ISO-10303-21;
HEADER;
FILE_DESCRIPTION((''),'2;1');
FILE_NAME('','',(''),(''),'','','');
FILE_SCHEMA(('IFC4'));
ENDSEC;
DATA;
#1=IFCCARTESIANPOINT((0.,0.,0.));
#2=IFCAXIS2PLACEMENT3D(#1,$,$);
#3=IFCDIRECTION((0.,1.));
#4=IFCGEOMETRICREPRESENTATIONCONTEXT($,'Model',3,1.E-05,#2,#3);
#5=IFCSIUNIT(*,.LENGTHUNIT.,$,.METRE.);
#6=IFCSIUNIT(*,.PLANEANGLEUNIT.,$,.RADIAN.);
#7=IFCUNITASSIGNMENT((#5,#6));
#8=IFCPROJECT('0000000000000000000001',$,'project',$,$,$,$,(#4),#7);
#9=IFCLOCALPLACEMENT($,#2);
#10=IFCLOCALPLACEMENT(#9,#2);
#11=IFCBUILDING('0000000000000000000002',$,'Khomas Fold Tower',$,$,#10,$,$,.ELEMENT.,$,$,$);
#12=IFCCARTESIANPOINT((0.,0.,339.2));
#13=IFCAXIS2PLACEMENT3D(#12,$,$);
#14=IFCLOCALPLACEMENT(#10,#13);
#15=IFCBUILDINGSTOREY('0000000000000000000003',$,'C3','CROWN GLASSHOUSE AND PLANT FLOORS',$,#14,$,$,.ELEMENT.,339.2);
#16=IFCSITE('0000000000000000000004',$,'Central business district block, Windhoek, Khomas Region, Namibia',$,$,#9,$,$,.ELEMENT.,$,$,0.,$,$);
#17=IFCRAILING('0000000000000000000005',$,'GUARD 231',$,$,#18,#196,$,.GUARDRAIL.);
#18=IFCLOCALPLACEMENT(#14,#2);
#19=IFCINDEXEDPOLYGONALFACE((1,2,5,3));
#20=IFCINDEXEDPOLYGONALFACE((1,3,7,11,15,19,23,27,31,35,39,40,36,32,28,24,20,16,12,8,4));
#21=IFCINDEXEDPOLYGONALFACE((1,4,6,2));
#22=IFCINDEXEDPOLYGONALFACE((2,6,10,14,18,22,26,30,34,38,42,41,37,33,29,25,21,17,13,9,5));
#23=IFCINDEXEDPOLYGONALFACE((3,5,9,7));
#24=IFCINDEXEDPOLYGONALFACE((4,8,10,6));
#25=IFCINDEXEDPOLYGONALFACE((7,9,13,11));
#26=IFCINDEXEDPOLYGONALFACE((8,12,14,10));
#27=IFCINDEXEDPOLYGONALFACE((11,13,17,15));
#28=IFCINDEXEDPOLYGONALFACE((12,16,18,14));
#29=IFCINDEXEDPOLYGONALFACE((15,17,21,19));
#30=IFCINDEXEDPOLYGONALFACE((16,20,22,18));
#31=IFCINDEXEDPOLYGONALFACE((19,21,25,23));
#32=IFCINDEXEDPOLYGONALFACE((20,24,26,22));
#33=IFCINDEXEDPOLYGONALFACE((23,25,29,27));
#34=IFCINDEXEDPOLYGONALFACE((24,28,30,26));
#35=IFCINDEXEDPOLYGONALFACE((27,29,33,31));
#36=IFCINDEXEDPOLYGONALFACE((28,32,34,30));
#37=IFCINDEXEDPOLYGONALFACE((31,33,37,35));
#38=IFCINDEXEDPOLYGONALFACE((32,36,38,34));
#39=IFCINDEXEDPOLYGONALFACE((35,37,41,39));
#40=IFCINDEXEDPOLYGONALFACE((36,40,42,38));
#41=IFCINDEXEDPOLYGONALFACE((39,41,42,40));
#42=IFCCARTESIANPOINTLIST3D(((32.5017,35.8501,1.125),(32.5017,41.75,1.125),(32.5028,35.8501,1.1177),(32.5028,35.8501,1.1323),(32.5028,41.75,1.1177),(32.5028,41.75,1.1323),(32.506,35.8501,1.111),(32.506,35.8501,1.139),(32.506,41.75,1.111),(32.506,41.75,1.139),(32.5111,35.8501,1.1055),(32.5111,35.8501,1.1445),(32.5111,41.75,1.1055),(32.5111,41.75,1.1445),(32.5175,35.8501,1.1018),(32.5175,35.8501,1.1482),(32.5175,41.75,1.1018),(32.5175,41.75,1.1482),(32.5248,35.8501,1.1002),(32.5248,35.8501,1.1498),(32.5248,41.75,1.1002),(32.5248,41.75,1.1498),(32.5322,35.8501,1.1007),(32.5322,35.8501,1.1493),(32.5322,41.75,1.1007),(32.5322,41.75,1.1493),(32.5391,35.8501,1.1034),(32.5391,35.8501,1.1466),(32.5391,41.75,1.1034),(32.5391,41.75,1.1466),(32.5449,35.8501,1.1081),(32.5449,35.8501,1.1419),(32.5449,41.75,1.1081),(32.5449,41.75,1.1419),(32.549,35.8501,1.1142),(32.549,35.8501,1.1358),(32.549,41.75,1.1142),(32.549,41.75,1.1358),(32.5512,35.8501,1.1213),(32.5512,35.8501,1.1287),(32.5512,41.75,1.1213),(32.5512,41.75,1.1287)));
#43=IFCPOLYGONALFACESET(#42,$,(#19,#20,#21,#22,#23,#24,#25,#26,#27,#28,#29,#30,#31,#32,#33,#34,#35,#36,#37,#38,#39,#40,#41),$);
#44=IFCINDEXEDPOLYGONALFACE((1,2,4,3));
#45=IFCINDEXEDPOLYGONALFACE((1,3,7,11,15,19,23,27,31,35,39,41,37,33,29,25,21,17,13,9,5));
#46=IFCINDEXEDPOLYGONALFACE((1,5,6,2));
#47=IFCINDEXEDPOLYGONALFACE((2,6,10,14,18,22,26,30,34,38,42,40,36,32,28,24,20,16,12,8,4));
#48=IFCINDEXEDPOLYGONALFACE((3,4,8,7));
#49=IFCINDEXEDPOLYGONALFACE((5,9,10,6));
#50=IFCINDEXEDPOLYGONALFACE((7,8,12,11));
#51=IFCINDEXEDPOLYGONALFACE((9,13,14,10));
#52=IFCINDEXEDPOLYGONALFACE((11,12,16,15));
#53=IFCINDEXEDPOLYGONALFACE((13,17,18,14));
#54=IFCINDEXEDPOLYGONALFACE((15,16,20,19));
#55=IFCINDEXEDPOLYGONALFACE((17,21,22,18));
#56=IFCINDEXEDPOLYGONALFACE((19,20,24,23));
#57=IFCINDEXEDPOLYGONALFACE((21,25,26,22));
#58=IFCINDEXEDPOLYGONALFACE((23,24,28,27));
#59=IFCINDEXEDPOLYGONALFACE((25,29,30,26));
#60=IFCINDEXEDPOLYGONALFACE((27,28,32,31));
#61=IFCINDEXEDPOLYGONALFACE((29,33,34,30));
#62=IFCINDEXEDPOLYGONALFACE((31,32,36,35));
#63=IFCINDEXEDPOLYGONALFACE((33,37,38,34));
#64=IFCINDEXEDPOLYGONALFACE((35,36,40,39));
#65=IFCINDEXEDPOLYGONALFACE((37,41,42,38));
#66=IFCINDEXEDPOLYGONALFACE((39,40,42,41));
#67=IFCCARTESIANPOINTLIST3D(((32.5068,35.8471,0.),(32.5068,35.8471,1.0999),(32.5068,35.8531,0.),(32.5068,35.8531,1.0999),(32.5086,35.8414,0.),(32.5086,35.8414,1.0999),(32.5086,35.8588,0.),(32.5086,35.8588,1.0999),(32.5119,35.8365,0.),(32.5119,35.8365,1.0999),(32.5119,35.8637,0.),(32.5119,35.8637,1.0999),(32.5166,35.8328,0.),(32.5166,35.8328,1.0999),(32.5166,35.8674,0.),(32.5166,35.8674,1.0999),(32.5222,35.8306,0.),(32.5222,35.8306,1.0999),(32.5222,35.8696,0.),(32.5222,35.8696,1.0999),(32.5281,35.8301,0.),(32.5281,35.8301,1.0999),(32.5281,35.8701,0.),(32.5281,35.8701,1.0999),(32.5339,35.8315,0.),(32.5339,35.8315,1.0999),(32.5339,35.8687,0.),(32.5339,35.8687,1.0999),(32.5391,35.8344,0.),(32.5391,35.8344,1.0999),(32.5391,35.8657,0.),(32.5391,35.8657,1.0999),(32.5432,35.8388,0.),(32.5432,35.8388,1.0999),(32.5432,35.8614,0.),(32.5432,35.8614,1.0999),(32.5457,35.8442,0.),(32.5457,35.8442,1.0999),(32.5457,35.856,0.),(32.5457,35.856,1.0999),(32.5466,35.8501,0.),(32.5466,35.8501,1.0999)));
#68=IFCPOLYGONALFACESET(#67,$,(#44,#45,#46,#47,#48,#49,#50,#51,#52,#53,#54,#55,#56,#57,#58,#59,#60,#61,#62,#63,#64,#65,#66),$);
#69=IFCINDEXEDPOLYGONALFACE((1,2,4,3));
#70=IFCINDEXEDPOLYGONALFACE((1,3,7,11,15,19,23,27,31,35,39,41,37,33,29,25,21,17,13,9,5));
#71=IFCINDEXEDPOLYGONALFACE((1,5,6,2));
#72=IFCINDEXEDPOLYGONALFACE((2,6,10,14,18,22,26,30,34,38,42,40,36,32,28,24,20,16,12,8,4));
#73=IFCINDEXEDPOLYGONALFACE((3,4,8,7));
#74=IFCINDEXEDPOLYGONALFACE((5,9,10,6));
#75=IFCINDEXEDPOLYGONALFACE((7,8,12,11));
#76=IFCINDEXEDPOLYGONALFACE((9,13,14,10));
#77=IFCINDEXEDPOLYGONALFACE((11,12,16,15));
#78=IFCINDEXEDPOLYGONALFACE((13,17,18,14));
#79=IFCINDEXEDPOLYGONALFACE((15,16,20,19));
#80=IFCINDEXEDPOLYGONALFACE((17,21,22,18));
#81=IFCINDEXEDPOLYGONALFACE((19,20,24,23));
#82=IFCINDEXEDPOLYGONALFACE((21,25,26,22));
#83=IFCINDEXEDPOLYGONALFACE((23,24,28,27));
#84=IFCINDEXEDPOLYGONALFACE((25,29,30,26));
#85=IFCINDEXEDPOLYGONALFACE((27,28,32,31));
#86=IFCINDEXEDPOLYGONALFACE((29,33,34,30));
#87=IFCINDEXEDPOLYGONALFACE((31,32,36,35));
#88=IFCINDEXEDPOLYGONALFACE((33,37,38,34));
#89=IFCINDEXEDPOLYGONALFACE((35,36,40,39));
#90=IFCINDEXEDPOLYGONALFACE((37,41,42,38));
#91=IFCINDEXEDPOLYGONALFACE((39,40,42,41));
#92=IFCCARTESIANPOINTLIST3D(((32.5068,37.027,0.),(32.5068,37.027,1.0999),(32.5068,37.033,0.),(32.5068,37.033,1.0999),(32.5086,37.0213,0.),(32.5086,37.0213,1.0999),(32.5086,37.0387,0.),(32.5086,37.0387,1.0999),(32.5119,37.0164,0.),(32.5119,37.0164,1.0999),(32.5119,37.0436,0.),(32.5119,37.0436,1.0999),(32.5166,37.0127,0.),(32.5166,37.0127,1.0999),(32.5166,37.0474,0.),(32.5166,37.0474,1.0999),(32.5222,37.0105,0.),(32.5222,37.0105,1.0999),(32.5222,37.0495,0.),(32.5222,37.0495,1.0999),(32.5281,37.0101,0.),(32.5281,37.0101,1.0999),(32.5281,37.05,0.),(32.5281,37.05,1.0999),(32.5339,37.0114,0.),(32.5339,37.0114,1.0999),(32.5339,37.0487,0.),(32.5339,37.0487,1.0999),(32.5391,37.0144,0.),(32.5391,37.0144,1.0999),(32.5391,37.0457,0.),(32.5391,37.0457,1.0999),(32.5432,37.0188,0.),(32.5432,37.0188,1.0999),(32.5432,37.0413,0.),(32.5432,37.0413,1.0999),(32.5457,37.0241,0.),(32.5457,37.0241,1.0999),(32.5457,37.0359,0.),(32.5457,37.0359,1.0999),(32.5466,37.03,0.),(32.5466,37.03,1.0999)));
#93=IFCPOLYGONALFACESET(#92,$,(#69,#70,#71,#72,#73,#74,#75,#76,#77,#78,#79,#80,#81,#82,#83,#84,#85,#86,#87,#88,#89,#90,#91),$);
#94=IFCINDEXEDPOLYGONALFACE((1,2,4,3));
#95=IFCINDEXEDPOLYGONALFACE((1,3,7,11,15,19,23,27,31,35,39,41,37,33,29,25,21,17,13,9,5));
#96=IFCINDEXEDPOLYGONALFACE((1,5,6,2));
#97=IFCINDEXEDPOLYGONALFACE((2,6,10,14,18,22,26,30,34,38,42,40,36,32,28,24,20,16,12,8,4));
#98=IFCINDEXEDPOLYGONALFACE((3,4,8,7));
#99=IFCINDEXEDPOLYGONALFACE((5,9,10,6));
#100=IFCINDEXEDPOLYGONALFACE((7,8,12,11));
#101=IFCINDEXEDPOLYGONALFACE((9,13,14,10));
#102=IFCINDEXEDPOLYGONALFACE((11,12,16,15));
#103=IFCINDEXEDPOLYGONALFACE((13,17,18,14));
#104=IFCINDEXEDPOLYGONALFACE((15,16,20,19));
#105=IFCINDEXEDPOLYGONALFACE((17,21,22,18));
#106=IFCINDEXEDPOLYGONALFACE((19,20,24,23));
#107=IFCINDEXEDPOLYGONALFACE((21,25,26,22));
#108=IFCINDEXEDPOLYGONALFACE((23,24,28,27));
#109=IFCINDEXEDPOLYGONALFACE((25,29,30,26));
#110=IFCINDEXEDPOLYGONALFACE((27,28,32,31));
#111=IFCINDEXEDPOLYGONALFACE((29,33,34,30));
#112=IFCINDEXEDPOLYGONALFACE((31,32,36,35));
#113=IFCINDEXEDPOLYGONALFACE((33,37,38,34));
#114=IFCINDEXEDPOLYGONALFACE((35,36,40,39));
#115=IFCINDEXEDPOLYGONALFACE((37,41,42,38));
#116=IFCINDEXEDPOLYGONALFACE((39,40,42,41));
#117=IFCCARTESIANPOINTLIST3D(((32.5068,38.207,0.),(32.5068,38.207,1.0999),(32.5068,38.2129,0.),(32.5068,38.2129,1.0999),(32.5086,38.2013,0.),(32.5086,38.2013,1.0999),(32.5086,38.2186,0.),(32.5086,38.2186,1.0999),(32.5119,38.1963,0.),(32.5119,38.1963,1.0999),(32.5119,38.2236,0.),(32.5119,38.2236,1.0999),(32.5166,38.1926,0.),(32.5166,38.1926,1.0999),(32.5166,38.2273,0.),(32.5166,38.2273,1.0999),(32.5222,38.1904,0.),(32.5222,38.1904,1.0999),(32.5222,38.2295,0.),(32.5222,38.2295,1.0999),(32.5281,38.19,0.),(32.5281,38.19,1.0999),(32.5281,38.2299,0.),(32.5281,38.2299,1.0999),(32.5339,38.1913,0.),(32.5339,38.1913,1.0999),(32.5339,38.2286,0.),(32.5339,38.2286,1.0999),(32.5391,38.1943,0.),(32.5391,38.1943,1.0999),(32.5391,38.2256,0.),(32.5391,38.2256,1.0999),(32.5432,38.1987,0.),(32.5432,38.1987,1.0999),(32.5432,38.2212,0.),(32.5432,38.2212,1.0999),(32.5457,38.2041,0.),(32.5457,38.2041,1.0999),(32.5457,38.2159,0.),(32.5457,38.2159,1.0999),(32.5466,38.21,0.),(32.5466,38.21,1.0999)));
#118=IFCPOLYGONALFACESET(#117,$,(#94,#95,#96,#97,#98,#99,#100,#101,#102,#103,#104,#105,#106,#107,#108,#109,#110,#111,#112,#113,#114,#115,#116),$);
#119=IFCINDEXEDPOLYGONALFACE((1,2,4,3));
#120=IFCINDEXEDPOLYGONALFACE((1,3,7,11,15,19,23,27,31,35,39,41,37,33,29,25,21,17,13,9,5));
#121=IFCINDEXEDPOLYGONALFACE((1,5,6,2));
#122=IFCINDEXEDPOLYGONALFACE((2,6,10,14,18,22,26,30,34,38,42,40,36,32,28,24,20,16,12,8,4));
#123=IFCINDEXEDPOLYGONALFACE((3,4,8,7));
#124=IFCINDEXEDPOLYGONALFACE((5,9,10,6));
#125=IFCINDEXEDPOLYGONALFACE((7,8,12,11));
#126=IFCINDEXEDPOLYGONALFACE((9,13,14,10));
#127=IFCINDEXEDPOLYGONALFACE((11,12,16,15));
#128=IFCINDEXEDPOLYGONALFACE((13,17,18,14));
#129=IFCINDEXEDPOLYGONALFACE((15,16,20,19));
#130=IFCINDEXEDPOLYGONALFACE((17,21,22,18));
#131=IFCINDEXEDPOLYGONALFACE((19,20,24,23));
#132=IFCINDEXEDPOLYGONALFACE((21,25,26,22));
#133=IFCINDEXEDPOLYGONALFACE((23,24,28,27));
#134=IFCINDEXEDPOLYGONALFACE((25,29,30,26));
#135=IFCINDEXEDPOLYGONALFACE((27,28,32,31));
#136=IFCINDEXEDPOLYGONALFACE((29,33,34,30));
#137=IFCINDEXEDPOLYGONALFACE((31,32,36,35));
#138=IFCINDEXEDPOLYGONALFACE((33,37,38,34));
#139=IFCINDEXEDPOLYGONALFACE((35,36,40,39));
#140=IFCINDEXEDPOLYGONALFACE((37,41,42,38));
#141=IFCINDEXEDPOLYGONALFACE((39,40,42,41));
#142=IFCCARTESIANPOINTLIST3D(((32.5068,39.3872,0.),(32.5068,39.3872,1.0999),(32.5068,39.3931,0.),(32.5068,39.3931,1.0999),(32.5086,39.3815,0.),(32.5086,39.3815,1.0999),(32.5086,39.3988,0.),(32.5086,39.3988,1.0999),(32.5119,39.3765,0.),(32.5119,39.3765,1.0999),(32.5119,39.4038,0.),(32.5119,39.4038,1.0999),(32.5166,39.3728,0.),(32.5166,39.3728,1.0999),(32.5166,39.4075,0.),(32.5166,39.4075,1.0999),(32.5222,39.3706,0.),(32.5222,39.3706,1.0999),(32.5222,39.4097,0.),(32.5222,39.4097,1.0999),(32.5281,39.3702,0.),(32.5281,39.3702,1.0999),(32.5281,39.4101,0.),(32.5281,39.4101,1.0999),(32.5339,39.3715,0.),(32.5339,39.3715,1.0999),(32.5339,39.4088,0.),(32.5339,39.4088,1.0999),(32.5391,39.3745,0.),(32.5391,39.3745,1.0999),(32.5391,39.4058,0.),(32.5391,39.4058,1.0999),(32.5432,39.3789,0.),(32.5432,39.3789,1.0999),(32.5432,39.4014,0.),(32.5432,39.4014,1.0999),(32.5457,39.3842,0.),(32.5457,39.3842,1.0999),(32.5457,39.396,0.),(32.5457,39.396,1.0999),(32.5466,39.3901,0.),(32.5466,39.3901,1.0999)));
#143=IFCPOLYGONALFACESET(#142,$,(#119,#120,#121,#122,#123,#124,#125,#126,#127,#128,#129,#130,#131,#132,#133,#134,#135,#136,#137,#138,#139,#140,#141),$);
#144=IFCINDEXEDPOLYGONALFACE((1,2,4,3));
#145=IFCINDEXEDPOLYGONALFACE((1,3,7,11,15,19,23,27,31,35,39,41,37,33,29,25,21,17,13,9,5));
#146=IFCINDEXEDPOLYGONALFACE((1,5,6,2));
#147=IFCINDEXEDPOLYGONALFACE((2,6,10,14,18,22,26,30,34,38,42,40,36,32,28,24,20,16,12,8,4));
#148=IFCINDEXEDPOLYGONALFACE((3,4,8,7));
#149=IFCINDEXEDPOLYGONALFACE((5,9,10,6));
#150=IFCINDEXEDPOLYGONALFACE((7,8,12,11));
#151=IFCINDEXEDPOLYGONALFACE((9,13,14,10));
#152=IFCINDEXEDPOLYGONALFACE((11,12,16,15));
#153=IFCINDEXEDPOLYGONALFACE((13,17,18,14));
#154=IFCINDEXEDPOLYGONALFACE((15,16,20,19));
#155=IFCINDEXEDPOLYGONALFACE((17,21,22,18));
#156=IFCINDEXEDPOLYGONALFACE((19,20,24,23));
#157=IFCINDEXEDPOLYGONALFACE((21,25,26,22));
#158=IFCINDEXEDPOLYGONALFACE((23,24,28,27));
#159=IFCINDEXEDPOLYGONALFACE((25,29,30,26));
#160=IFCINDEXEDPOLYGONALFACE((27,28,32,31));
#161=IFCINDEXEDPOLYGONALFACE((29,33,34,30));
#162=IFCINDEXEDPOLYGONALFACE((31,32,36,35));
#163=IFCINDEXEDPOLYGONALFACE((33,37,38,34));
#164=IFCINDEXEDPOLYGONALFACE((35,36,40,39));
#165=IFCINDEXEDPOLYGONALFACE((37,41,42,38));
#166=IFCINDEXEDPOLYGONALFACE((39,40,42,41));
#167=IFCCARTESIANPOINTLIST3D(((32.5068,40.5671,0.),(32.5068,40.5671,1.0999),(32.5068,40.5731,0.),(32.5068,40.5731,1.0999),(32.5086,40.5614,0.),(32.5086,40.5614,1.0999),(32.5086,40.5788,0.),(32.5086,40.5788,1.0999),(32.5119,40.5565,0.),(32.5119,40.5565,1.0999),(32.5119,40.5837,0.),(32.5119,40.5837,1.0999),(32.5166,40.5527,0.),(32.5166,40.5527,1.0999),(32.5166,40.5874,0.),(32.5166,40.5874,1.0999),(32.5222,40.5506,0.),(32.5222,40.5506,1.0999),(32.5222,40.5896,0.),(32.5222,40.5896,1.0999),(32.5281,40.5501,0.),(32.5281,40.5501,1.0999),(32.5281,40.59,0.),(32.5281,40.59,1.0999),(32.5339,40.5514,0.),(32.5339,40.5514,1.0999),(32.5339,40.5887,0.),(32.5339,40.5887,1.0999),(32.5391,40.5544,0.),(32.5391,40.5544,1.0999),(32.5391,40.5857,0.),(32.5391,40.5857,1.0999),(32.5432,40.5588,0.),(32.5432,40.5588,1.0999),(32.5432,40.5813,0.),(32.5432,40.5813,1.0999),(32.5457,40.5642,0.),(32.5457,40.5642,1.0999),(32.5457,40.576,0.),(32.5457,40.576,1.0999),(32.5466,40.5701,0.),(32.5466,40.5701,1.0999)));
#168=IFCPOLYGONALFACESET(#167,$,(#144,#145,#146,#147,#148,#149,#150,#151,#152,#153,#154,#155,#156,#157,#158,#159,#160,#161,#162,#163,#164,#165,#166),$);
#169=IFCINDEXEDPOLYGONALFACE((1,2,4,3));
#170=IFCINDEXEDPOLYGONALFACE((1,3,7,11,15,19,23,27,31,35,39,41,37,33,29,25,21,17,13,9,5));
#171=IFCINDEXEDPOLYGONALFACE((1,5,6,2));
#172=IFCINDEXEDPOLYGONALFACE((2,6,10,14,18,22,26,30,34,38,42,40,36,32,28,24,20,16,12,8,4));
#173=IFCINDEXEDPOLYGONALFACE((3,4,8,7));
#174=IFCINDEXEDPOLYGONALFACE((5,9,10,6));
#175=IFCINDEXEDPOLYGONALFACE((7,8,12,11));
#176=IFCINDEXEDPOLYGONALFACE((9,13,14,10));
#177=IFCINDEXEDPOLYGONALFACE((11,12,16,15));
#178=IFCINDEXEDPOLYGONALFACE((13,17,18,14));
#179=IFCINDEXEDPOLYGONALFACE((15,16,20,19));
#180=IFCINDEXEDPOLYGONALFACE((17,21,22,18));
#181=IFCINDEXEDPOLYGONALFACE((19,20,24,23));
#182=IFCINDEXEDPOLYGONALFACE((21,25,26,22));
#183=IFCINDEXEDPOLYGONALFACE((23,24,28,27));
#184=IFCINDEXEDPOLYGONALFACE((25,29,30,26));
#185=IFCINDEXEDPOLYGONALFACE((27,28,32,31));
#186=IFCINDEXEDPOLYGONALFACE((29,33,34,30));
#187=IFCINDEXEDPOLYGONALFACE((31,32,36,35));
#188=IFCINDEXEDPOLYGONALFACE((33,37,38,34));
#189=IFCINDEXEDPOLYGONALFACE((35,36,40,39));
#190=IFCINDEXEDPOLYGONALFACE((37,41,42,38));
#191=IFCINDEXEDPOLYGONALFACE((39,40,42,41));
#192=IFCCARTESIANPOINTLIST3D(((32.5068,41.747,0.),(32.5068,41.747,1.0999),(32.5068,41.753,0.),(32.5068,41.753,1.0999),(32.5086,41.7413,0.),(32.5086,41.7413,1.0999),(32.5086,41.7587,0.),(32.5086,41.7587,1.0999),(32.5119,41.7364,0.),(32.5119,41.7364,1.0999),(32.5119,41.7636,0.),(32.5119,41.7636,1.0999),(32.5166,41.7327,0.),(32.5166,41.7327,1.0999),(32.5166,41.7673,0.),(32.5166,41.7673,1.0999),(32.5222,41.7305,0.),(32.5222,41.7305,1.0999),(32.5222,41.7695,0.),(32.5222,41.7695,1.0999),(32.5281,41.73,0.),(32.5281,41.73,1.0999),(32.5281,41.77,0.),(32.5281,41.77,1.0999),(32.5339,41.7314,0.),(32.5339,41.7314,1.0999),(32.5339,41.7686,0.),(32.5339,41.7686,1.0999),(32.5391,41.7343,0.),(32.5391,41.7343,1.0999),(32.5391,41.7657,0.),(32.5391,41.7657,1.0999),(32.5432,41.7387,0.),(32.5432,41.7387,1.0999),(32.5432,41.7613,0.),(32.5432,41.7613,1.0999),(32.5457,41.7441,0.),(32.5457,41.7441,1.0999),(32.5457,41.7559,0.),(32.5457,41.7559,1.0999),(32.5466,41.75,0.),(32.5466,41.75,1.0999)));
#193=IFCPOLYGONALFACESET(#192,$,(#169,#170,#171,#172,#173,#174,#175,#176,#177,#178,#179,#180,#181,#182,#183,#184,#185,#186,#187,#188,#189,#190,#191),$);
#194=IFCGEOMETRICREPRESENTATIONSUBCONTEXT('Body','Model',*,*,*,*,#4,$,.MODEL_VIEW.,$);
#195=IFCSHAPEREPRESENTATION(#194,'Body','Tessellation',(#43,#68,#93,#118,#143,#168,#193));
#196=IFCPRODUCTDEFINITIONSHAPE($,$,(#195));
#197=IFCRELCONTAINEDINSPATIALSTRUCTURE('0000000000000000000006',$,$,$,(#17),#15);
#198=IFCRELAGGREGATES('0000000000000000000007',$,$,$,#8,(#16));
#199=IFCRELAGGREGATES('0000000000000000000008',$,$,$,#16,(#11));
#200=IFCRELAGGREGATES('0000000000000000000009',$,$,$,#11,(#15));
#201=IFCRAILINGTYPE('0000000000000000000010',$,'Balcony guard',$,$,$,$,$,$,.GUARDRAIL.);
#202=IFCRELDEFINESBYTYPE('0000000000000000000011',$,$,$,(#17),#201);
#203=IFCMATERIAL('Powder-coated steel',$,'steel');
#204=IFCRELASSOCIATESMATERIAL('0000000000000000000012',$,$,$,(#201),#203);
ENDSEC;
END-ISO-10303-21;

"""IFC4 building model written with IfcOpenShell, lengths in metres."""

from ifc_helpers import new_model, si_unit, direction, frame, origin, origin_2d, place, context, subcontext, project, spatial, circle, extrude, source, transform, mapped, material, type_object, element, save


model = new_model("IFC4")

# Units and contexts
model_context = context("Model", 3, precision=1e-05, world=origin(), true_north=direction((0.0, 1.0)))
body_context = subcontext(model_context, "Body", "Model", "MODEL_VIEW")
ifc_project = project(units=[si_unit("LENGTHUNIT", "METRE"), si_unit("PLANEANGLEUNIT", "RADIAN")], contexts=[model_context])

# Site, building, storey
site_placement = place(None, origin())
site = spatial("IfcSite", under=ifc_project, at=site_placement, Name="Central business district block, Windhoek, Khomas Region, Namibia", CompositionType="ELEMENT", RefElevation=0.0)
building_placement = place(site_placement, origin())
building = spatial("IfcBuilding", under=site, at=building_placement, Name="Khomas Fold Tower", CompositionType="ELEMENT")
storey_placement = place(building_placement, frame((0.0, 0.0, 339.2)))
storey = spatial("IfcBuildingStorey", under=building, at=storey_placement, Name="C3", Description="CROWN GLASSHOUSE AND PLANT FLOORS", CompositionType="ELEMENT", Elevation=339.2)

# Railing
ifc_material_1 = material(Name="Powder-coated steel", Category="steel")
railing_type = type_object("IfcRailingType", Name="Balcony guard", PredefinedType="GUARDRAIL", material=ifc_material_1)
shared_shape_1 = source(origin(), body_context, "Body", "SweptSolid", [
    extrude(circle(Radius=0.0249, at=origin_2d()), frame((0.0, 0.0, 1.125), z_axis=(0.0, 1.0, 0.0), x_axis=(-1.0, 0.0, 0.0)), (0.0, 0.0, 1.0), 5.8999),
    extrude(circle(Radius=0.02, at=origin_2d()), origin(), (0.0, 0.0, 1.0), 1.0999),
    extrude(circle(Radius=0.02, at=origin_2d()), frame((0.0, 1.1799, 0.0)), (0.0, 0.0, 1.0), 1.0999),
    extrude(circle(Radius=0.02, at=origin_2d()), frame((0.0, 2.3599, 0.0)), (0.0, 0.0, 1.0), 1.0999),
    extrude(circle(Radius=0.02, at=origin_2d()), frame((0.0, 3.54, 0.0)), (0.0, 0.0, 1.0), 1.0999),
    extrude(circle(Radius=0.02, at=origin_2d()), frame((0.0, 4.72, 0.0)), (0.0, 0.0, 1.0), 1.0999),
    extrude(circle(Radius=0.02, at=origin_2d()), frame((0.0, 5.8999, 0.0)), (0.0, 0.0, 1.0), 1.0999),
])
railing_1_placement = place(storey_placement, frame((32.5266, 35.8501, 0.0)))
element("IfcRailing", 1, at=railing_1_placement, inside=storey, type_object=railing_type, Name="GUARD 231", PredefinedType="GUARDRAIL", context=body_context, shape_type="MappedRepresentation", body=[
    mapped(shared_shape_1, transform((0.0, 0.0, 0.0))),
])

save(model, "model.ifc")
